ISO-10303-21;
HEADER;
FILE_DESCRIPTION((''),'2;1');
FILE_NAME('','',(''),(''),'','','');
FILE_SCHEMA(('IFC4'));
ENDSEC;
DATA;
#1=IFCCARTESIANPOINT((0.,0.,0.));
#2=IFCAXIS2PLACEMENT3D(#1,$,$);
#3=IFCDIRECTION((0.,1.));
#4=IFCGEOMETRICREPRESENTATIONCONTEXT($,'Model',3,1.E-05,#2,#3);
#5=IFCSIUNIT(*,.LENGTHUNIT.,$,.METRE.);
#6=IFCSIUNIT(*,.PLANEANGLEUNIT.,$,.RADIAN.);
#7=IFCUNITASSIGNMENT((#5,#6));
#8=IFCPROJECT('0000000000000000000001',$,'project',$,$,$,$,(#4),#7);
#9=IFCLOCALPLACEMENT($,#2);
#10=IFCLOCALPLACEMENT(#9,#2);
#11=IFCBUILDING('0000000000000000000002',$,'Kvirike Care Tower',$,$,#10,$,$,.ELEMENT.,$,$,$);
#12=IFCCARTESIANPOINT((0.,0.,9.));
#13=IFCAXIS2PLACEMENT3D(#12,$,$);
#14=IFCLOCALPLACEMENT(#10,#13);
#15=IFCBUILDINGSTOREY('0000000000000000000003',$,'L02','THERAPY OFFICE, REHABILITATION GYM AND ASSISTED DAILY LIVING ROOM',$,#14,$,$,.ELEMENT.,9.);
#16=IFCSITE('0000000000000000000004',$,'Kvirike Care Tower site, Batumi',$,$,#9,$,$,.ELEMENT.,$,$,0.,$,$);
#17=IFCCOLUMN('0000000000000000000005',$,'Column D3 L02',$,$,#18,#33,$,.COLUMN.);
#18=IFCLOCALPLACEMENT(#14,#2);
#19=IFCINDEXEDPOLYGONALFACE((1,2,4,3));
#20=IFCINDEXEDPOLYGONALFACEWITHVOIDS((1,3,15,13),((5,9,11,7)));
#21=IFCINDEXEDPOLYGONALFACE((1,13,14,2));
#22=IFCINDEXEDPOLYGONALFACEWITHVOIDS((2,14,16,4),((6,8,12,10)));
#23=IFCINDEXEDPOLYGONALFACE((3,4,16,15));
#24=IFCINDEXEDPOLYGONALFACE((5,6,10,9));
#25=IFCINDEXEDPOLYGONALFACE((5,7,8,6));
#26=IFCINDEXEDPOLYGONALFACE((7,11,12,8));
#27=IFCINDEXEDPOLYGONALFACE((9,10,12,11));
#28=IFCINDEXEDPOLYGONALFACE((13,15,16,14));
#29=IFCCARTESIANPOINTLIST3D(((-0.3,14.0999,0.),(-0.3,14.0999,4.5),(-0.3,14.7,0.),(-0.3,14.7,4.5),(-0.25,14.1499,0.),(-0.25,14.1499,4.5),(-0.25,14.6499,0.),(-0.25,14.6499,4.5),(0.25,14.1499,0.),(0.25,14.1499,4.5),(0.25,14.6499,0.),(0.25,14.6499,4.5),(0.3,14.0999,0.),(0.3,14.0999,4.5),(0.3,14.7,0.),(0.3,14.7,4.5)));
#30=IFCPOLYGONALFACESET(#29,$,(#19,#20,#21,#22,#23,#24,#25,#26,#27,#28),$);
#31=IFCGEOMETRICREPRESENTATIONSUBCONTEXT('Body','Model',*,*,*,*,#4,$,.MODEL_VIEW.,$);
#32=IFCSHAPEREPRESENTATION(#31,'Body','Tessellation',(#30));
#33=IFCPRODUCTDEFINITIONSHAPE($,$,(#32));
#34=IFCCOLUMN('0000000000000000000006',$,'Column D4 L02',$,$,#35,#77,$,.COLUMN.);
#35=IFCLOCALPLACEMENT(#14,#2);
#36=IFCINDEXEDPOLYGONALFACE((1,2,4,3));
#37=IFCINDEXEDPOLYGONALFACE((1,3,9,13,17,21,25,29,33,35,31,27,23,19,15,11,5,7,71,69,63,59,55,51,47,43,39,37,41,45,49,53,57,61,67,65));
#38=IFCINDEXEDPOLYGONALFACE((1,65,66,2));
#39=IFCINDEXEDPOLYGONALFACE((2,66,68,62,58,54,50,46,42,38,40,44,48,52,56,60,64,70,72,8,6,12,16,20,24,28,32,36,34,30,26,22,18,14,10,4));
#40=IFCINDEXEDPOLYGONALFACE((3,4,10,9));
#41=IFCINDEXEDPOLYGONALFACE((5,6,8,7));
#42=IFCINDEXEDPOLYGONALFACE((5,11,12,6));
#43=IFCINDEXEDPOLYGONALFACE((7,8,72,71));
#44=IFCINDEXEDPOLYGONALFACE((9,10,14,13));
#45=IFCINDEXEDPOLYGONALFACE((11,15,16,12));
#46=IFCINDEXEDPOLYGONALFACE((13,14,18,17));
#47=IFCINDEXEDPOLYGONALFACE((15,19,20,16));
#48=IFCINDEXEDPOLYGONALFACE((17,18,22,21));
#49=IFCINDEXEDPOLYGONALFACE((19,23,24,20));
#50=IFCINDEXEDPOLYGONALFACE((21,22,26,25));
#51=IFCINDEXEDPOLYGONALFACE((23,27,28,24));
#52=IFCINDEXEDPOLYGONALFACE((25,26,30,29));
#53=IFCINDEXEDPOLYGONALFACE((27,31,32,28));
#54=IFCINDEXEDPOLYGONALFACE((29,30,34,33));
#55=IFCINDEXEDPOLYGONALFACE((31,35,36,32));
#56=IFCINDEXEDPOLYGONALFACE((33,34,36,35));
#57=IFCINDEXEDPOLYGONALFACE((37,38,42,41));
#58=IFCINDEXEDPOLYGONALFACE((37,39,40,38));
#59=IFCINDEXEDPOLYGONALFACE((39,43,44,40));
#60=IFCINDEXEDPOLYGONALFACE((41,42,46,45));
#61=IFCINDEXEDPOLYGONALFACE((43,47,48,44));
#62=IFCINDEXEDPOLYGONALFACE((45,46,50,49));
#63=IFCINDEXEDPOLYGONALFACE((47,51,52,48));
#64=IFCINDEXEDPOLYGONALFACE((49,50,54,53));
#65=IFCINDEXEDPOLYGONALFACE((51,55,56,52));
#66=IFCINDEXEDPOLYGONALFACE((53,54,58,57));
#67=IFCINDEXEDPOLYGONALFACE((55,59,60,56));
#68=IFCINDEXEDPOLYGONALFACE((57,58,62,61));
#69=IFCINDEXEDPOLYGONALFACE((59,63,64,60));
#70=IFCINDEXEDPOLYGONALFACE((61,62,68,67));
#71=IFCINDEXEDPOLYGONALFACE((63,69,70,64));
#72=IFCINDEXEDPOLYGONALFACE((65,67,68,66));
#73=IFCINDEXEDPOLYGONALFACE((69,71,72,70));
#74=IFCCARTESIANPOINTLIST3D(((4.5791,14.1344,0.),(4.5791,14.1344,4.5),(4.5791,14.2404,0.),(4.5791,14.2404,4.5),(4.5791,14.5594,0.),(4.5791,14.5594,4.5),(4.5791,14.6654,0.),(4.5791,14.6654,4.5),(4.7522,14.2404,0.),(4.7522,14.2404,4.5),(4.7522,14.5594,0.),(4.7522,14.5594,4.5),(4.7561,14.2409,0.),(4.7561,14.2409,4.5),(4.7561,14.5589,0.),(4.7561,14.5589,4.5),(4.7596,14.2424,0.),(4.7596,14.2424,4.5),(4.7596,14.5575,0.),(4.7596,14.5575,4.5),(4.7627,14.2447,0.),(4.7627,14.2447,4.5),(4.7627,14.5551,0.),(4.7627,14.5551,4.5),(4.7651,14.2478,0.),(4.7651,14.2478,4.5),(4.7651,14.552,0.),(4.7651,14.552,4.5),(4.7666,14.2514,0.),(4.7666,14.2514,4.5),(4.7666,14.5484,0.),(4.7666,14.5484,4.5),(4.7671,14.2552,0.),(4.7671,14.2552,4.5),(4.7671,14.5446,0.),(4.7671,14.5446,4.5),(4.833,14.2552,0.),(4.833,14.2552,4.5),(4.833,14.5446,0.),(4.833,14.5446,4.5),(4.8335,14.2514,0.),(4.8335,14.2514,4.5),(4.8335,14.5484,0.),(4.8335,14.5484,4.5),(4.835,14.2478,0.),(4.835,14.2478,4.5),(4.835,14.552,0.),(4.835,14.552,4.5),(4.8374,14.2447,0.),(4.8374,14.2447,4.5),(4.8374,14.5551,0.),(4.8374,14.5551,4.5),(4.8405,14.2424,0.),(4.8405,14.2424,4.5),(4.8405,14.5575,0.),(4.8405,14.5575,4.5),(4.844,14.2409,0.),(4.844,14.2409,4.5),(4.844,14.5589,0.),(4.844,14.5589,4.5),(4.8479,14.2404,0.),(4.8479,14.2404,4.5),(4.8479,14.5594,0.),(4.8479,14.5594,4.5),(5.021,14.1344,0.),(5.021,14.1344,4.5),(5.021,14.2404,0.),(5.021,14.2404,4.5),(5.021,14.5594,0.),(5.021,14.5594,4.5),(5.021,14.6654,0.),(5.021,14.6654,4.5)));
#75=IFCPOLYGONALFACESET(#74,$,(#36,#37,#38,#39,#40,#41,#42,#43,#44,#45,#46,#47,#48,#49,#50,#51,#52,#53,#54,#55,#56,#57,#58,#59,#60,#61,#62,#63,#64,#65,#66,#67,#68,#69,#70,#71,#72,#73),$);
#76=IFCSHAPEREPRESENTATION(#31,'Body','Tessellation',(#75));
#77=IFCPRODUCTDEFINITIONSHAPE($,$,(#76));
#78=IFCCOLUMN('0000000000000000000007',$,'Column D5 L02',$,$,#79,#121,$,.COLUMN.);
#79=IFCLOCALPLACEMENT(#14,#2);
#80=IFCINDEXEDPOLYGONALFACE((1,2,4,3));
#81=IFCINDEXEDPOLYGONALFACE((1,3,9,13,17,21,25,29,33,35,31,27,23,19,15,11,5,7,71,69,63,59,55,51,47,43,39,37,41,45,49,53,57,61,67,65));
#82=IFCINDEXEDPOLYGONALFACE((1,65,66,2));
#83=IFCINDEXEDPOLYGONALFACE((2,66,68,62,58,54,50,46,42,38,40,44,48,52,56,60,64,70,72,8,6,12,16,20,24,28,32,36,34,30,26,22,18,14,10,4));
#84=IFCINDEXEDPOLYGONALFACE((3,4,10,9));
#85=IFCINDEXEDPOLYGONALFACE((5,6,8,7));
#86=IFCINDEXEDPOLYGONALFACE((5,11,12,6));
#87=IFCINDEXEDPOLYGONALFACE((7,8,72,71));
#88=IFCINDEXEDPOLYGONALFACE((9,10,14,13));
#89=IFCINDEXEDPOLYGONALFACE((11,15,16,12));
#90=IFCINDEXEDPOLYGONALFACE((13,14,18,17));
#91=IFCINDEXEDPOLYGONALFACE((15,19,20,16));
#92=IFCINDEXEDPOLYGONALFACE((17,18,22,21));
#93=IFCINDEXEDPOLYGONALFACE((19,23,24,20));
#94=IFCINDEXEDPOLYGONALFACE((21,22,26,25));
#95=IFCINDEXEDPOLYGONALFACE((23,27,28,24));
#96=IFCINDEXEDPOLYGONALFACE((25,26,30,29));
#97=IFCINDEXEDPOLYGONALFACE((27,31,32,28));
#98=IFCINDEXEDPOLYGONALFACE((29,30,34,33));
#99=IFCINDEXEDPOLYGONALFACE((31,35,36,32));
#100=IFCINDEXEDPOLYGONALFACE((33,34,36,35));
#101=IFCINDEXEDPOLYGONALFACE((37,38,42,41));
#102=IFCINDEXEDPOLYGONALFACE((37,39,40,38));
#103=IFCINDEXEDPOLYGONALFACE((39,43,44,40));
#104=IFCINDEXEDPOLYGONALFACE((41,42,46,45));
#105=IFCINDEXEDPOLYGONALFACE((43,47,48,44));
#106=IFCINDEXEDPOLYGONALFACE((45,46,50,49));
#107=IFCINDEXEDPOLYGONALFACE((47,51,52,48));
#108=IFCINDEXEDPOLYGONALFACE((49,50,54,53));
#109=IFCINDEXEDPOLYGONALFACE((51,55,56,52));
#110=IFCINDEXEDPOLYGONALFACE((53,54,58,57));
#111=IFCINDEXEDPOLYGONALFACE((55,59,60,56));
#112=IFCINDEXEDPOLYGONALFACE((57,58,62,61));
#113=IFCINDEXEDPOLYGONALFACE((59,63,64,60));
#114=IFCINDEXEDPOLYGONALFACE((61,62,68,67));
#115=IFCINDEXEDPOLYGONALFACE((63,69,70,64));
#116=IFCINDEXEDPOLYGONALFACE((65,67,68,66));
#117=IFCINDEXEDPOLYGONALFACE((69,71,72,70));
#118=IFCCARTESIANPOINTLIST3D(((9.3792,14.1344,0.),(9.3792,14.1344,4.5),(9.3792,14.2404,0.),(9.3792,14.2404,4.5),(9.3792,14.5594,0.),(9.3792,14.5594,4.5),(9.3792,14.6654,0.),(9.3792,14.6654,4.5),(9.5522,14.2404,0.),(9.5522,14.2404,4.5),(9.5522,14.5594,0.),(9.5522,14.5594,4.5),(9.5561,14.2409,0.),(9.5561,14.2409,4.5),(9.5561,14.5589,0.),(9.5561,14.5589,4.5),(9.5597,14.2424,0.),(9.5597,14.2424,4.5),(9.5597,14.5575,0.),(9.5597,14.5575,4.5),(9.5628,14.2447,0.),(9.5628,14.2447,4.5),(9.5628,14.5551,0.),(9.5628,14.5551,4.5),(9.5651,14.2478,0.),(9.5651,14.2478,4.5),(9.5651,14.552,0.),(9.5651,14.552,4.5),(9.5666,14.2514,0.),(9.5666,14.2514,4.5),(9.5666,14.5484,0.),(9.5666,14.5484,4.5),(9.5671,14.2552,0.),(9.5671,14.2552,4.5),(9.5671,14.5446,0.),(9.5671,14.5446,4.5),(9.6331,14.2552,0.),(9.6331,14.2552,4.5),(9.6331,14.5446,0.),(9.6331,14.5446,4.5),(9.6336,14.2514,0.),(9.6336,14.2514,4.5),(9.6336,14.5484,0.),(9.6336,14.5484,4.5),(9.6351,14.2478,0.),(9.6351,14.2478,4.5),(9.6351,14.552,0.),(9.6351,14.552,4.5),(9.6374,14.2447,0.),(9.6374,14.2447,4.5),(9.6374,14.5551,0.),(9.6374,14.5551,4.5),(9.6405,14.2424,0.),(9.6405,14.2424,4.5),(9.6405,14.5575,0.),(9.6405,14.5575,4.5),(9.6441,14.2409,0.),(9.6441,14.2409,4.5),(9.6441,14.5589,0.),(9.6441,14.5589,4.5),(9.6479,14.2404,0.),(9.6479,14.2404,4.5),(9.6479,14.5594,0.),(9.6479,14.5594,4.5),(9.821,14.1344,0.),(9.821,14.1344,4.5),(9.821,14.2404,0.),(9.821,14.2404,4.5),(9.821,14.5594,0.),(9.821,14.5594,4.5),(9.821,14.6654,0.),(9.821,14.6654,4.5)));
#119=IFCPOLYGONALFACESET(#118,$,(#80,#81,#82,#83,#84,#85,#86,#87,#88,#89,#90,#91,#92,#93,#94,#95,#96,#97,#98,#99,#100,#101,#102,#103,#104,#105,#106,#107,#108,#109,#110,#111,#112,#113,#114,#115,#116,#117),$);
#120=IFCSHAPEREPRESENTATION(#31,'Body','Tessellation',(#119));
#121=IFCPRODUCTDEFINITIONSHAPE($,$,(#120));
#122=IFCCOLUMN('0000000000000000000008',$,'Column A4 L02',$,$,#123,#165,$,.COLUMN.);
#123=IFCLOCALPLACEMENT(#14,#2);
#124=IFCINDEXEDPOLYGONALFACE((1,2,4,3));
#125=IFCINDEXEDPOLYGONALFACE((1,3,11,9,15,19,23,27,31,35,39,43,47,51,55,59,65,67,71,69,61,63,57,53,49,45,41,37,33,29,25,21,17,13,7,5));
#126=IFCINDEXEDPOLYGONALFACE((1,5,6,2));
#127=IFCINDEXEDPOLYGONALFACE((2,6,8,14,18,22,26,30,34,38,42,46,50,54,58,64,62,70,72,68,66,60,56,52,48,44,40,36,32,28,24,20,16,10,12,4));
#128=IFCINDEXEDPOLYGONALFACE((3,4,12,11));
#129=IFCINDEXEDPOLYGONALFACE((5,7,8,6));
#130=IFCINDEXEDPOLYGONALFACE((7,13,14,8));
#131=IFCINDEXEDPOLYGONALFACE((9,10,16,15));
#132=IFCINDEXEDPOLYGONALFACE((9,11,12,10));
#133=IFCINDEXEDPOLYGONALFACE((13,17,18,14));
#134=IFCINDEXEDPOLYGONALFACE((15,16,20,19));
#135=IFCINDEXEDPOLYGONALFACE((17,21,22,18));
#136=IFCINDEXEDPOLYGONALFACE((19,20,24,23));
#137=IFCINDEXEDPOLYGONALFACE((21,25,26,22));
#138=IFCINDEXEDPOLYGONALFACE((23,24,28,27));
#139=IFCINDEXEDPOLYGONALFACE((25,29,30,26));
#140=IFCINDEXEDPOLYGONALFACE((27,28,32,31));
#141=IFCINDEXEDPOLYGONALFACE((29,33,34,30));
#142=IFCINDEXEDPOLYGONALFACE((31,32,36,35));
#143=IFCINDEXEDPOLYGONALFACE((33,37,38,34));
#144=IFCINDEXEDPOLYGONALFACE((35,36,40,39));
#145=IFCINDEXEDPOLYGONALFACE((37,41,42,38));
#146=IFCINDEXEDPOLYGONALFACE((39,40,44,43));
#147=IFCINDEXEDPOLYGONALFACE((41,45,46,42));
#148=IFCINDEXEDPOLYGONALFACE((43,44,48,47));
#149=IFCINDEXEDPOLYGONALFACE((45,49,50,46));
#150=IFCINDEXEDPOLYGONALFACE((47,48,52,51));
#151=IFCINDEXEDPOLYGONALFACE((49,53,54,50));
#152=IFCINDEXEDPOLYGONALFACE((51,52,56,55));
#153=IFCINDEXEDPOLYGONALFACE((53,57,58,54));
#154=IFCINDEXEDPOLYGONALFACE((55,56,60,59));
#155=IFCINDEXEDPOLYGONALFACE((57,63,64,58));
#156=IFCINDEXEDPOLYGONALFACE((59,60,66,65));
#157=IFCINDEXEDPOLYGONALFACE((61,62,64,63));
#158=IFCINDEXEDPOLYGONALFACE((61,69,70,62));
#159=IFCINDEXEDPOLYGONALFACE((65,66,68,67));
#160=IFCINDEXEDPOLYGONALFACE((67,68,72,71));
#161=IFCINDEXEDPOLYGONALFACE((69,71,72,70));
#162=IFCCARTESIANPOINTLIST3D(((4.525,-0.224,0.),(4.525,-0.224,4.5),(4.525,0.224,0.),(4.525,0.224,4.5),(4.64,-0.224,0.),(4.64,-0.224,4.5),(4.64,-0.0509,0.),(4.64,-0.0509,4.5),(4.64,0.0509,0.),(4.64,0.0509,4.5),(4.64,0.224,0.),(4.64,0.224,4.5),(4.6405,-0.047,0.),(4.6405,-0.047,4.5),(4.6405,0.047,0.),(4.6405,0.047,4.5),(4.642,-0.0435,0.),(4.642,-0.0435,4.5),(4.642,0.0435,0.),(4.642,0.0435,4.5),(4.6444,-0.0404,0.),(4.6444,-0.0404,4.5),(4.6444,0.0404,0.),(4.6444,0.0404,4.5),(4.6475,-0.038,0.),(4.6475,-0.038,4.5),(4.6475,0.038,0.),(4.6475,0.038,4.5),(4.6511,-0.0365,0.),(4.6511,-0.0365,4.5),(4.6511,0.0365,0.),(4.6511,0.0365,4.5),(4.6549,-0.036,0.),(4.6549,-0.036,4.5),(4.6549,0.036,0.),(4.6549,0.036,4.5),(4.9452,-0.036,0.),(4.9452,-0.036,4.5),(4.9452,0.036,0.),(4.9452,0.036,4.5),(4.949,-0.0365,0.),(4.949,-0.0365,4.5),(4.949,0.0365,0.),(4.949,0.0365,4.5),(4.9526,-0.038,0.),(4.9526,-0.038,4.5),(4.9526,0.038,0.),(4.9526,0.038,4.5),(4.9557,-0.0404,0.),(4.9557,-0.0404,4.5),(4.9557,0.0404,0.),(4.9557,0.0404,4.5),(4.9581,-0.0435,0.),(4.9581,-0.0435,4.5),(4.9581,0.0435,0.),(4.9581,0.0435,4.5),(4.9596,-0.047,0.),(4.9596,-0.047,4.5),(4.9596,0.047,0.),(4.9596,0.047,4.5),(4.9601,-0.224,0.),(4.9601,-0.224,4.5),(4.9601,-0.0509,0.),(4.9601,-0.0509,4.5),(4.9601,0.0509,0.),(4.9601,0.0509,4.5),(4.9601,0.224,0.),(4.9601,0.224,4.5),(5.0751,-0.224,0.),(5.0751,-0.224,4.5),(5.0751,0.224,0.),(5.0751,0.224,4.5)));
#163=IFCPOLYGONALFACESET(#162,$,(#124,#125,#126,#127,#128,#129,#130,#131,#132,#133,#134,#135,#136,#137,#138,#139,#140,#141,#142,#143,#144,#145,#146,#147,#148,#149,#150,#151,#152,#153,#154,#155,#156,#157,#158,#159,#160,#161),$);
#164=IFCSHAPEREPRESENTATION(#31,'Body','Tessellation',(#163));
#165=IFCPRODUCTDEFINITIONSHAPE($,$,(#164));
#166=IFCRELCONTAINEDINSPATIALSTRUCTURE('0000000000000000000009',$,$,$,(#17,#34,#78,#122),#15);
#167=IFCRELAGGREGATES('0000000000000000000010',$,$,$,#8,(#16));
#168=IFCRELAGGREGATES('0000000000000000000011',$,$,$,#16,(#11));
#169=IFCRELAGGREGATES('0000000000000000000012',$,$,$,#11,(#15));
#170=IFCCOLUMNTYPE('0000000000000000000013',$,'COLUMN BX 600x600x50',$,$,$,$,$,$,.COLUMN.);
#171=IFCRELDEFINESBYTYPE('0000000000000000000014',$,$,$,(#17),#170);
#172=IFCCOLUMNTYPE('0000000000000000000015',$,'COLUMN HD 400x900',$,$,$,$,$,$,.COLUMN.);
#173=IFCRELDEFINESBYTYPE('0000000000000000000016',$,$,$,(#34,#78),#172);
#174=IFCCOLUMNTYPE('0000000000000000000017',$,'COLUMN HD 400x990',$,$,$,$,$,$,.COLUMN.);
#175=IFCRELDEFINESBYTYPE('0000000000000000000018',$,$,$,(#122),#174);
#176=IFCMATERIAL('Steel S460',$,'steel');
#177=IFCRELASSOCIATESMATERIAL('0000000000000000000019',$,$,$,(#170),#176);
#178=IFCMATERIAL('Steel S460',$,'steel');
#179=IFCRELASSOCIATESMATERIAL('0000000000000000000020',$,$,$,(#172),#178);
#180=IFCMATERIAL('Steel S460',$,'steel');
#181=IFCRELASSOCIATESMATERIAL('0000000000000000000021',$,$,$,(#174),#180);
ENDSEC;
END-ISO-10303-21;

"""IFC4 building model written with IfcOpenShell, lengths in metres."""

from ifc_helpers import new_model, si_unit, direction, frame, origin, origin_2d, place, context, subcontext, project, spatial, hollow_rectangle, i_section, extrude, material, material_profile, profile_set, type_object, element, save


model = new_model("IFC4")

# Units and contexts
model_context = context("Model", 3, precision=1e-05, world=origin(), true_north=direction((0.0, 1.0)))
body_context = subcontext(model_context, "Body", "Model", "MODEL_VIEW")
ifc_project = project(units=[si_unit("LENGTHUNIT", "METRE"), si_unit("PLANEANGLEUNIT", "RADIAN")], contexts=[model_context])

# Site, building, storey
site_placement = place(None, origin())
site = spatial("IfcSite", under=ifc_project, at=site_placement, Name="Kvirike Care Tower site, Batumi", CompositionType="ELEMENT", RefElevation=0.0)
building_placement = place(site_placement, origin())
building = spatial("IfcBuilding", under=site, at=building_placement, Name="Kvirike Care Tower", CompositionType="ELEMENT")
storey_placement = place(building_placement, frame((0.0, 0.0, 9.0)))
storey = spatial("IfcBuildingStorey", under=building, at=storey_placement, Name="L02", Description="THERAPY OFFICE, REHABILITATION GYM AND ASSISTED DAILY LIVING ROOM", CompositionType="ELEMENT", Elevation=9.0)

# Columns
ifc_material_1 = material(Name="Steel S460", Category="steel")
ifc_material_profile_1 = material_profile(ifc_material_1, hollow_rectangle(XDim=0.6001, YDim=0.6001, WallThickness=0.05, at=origin_2d()), Name="BX 600x600x50")
ifc_profile_set_1 = profile_set([ifc_material_profile_1], Name="Steel S460")
column_type_1 = type_object("IfcColumnType", Name="COLUMN BX 600x600x50", PredefinedType="COLUMN", material=ifc_profile_set_1)
column_placement = place(storey_placement, frame((0.0, 14.3999, 0.0), z_axis=(0.0, 0.0, 1.0), x_axis=(0.0, 1.0, 0.0)))
element("IfcColumn", 1, at=column_placement, inside=storey, type_object=column_type_1, Name="Column D3 L02", PredefinedType="COLUMN", context=body_context, shape_type="SweptSolid", body=[
    extrude(hollow_rectangle(XDim=0.6001, YDim=0.6001, WallThickness=0.05, at=origin_2d()), origin(), (0.0, 0.0, 1.0), 4.5),
])
ifc_material_2 = material(Name="Steel S460", Category="steel")
ifc_material_profile_2 = material_profile(ifc_material_2, i_section(OverallWidth=0.4419, OverallDepth=0.531, WebThickness=0.0659, FlangeThickness=0.106, FilletRadius=0.0149, at=origin_2d()), Name="HD 400x900")
ifc_profile_set_2 = profile_set([ifc_material_profile_2], Name="Steel S460")
column_type_2 = type_object("IfcColumnType", Name="COLUMN HD 400x900", PredefinedType="COLUMN", material=ifc_profile_set_2)
for number, where, z_axis, x_axis, name in (
    (2, (4.8, 14.3999, 0.0), (0.0, 0.0, 1.0), (1.0, 0.0, 0.0), "Column D4 L02"),
    (3, (9.6001, 14.3999, 0.0), (0.0, 0.0, 1.0), (1.0, 0.0, 0.0), "Column D5 L02"),
):
    element("IfcColumn", number, at=place(storey_placement, frame(where, z_axis=z_axis, x_axis=x_axis)), inside=storey, type_object=column_type_2, Name=name, PredefinedType="COLUMN", context=body_context, shape_type="SweptSolid", body=[
        extrude(i_section(OverallWidth=0.4419, OverallDepth=0.531, WebThickness=0.0659, FlangeThickness=0.106, FilletRadius=0.0149, at=origin_2d()), origin(), (0.0, 0.0, 1.0), 4.5),
    ])
ifc_material_3 = material(Name="Steel S460", Category="steel")
ifc_material_profile_3 = material_profile(ifc_material_3, i_section(OverallWidth=0.448, OverallDepth=0.55, WebThickness=0.072, FlangeThickness=0.115, FilletRadius=0.0149, at=origin_2d()), Name="HD 400x990")
ifc_profile_set_3 = profile_set([ifc_material_profile_3], Name="Steel S460")
column_type_3 = type_object("IfcColumnType", Name="COLUMN HD 400x990", PredefinedType="COLUMN", material=ifc_profile_set_3)
for number, where, z_axis, x_axis, name in (
    (4, (4.8, 0.0, 0.0), (0.0, 0.0, 1.0), (0.0, 1.0, 0.0), "Column A4 L02"),
):
    element("IfcColumn", number, at=place(storey_placement, frame(where, z_axis=z_axis, x_axis=x_axis)), inside=storey, type_object=column_type_3, Name=name, PredefinedType="COLUMN", context=body_context, shape_type="SweptSolid", body=[
        extrude(i_section(OverallWidth=0.448, OverallDepth=0.55, WebThickness=0.072, FlangeThickness=0.115, FilletRadius=0.0149, at=origin_2d()), origin(), (0.0, 0.0, 1.0), 4.5),
    ])

save(model, "model.ifc")
